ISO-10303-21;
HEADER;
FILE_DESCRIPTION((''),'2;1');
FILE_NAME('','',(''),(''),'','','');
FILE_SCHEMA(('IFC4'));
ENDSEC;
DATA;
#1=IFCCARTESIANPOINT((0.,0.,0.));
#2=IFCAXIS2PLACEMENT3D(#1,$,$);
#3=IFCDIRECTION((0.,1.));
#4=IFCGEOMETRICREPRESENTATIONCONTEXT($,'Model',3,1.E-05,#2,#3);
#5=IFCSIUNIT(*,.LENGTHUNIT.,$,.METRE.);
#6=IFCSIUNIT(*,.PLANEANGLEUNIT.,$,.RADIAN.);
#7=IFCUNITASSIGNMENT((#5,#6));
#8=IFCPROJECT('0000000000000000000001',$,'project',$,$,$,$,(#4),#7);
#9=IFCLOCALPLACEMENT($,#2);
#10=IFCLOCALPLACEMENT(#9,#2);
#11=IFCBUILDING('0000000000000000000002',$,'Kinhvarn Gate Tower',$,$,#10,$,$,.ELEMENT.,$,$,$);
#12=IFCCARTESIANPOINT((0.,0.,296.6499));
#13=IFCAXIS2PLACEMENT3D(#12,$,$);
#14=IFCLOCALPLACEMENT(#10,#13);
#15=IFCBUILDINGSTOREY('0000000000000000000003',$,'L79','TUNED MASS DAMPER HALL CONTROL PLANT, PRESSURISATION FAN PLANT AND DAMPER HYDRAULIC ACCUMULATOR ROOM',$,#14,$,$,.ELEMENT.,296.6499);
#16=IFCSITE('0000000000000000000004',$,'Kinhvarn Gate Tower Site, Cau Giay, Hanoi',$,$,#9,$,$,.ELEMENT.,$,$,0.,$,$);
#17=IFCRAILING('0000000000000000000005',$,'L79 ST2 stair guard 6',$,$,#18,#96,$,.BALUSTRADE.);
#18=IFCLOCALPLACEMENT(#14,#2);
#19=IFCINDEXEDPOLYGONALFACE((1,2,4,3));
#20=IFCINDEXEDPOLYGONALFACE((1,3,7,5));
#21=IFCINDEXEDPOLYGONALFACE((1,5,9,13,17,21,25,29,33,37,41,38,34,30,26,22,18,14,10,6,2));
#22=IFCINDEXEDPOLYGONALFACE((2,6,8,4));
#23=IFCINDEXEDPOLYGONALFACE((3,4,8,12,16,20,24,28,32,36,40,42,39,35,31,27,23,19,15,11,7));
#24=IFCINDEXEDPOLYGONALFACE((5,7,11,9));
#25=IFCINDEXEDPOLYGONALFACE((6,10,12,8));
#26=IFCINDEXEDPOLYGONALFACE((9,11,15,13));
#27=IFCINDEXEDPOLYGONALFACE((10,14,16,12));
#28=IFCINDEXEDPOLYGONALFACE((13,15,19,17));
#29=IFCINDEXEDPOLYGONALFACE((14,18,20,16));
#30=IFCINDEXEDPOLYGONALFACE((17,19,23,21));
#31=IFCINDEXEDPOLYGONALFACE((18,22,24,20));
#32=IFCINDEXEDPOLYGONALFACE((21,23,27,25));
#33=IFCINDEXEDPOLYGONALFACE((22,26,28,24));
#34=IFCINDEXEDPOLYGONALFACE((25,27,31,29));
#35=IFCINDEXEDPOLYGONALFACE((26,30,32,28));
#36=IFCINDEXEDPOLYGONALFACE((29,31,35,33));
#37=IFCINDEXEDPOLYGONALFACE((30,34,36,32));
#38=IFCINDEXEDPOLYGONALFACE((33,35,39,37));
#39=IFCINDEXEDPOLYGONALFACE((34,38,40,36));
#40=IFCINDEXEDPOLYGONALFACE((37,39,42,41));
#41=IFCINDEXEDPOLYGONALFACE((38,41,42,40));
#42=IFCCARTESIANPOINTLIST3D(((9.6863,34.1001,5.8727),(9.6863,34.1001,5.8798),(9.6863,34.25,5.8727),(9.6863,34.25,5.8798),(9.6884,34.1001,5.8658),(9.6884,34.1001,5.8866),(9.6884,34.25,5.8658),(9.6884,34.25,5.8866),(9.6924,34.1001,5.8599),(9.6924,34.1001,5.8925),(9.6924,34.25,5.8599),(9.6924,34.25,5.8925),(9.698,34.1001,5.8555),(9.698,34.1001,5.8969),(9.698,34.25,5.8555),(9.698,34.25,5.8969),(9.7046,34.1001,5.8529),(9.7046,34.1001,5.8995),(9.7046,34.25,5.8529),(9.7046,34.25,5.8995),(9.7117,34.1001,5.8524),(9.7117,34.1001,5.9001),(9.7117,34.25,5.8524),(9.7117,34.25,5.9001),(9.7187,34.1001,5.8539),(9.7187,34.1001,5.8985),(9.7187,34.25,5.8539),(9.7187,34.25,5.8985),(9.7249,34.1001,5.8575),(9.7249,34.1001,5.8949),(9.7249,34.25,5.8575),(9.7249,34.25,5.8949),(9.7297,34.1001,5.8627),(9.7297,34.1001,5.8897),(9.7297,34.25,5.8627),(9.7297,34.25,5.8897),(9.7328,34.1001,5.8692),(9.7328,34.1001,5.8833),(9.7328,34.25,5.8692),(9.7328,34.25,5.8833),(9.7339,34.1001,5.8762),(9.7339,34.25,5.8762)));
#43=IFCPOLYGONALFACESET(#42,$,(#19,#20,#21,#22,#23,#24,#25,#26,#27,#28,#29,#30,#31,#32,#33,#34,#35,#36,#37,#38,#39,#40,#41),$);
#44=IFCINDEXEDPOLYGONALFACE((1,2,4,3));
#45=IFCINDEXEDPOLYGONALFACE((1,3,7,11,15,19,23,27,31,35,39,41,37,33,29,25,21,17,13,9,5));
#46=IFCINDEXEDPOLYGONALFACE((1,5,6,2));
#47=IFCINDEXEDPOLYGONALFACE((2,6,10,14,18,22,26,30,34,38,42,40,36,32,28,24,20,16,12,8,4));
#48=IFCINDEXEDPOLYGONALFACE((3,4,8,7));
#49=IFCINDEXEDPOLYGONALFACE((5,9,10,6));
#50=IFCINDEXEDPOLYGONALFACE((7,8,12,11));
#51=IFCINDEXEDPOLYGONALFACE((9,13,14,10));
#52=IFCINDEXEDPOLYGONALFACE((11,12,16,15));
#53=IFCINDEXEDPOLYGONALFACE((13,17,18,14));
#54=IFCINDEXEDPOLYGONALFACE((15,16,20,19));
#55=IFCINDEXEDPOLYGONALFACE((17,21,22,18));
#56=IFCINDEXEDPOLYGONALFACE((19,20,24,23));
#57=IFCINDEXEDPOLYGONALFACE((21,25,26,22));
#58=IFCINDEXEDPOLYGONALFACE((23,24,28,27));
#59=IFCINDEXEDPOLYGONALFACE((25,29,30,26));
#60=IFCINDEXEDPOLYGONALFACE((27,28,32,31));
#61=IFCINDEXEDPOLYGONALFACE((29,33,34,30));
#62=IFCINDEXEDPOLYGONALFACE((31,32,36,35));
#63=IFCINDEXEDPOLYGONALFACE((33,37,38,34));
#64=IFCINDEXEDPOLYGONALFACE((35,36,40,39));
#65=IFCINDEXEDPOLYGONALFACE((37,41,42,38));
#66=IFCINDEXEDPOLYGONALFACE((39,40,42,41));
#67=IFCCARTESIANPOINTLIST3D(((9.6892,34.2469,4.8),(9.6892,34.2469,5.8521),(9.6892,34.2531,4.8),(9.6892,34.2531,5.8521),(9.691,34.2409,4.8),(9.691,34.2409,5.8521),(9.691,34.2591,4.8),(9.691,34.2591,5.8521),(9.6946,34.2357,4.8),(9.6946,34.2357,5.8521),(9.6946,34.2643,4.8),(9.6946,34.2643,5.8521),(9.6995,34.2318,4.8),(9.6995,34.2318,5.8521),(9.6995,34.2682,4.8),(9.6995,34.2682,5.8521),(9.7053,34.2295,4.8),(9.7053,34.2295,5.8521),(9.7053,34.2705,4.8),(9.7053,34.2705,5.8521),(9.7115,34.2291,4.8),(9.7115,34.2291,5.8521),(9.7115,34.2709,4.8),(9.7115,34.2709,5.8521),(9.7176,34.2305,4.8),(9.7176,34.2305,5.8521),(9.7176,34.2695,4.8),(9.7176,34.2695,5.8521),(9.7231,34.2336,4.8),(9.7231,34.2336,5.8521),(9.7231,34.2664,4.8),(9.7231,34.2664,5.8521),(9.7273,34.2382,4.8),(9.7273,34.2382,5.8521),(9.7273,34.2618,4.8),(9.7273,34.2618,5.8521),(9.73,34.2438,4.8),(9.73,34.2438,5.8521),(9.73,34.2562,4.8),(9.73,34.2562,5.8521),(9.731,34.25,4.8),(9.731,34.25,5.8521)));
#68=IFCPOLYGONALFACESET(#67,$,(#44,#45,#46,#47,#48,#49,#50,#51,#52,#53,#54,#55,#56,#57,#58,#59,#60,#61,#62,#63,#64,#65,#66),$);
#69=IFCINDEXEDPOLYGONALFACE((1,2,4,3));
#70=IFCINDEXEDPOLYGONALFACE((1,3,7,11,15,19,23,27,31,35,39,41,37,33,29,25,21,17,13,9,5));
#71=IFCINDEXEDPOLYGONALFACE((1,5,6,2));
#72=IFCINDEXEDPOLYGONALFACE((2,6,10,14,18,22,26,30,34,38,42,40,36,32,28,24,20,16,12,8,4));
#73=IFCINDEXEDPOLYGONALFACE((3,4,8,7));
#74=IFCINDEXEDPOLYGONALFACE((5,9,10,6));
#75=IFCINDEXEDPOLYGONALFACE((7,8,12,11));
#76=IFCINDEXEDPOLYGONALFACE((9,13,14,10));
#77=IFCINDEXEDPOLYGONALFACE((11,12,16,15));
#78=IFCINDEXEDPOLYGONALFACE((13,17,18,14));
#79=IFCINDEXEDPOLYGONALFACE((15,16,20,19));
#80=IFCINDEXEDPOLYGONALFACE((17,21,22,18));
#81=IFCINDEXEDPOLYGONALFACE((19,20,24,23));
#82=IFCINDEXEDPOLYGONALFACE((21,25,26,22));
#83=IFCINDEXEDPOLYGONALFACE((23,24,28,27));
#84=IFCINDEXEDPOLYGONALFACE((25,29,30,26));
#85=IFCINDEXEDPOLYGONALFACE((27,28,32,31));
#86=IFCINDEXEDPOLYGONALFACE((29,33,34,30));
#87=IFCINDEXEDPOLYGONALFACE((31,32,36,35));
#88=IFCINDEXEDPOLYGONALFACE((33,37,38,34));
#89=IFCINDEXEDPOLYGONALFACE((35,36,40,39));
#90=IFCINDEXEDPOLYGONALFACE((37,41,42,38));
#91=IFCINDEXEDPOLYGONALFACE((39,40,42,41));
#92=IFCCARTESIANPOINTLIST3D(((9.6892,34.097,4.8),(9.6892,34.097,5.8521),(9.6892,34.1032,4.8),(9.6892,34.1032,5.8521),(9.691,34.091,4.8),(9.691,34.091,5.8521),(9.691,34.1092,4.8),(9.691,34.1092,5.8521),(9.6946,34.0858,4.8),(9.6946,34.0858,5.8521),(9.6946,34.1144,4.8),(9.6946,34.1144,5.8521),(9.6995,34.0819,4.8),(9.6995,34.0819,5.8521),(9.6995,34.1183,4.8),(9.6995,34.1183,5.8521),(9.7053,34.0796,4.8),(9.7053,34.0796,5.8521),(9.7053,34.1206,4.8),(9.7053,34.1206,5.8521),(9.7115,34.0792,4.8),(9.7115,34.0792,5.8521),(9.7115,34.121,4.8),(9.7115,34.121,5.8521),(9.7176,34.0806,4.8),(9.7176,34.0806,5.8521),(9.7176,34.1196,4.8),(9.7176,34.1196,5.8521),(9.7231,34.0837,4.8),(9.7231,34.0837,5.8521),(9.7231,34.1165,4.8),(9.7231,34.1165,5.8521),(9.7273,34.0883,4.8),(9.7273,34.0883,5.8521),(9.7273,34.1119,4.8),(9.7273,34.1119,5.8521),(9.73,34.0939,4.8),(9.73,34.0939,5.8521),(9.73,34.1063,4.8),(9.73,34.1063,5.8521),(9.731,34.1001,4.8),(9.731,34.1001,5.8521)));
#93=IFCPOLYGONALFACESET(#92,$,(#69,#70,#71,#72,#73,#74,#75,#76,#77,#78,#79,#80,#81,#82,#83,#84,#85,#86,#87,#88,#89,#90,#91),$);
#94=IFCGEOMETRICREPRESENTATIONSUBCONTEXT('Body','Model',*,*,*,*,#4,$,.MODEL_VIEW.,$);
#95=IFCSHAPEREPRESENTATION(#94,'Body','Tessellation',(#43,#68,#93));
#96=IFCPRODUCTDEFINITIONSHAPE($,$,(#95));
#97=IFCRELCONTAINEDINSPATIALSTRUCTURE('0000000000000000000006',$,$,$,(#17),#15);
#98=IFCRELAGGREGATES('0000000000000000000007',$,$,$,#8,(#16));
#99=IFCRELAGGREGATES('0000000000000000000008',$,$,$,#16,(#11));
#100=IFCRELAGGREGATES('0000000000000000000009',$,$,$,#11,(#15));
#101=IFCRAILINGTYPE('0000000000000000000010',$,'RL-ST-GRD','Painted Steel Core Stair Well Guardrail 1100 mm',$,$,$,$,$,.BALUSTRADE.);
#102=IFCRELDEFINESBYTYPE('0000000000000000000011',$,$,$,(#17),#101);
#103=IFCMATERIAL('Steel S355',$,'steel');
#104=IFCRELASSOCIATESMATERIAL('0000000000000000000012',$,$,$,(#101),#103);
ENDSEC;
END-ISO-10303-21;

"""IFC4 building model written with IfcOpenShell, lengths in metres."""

from ifc_helpers import new_model, si_unit, direction, frame, origin, origin_2d, place, context, subcontext, project, spatial, circle, extrude, material, type_object, element, save


model = new_model("IFC4")

# Units and contexts
model_context = context("Model", 3, precision=1e-05, world=origin(), true_north=direction((0.0, 1.0)))
body_context = subcontext(model_context, "Body", "Model", "MODEL_VIEW")
ifc_project = project(units=[si_unit("LENGTHUNIT", "METRE"), si_unit("PLANEANGLEUNIT", "RADIAN")], contexts=[model_context])

# Site, building, storey
site_placement = place(None, origin())
site = spatial("IfcSite", under=ifc_project, at=site_placement, Name="Kinhvarn Gate Tower Site, Cau Giay, Hanoi", CompositionType="ELEMENT", RefElevation=0.0)
building_placement = place(site_placement, origin())
building = spatial("IfcBuilding", under=site, at=building_placement, Name="Kinhvarn Gate Tower", CompositionType="ELEMENT")
storey_placement = place(building_placement, frame((0.0, 0.0, 296.6499)))
storey = spatial("IfcBuildingStorey", under=building, at=storey_placement, Name="L79", Description="TUNED MASS DAMPER HALL CONTROL PLANT, PRESSURISATION FAN PLANT AND DAMPER HYDRAULIC ACCUMULATOR ROOM", CompositionType="ELEMENT", Elevation=296.6499)

# Shared definitions
ifc_material_1 = material(Name="Steel S355", Category="steel")

# Railing
railing_type = type_object("IfcRailingType", Name="RL-ST-GRD", Description="Painted Steel Core Stair Well Guardrail 1100 mm", PredefinedType="BALUSTRADE", material=ifc_material_1)
railing_1_placement = place(storey_placement, frame((9.71, 34.25, 4.8)))
element("IfcRailing", 1, at=railing_1_placement, inside=storey, type_object=railing_type, Name="L79 ST2 stair guard 6", PredefinedType="BALUSTRADE", context=body_context, shape_type="SweptSolid", body=[
    extrude(circle(Radius=0.0239, at=origin_2d()), frame((0.0, 0.0, 1.0762), z_axis=(0.0, -1.0, 0.0), x_axis=(1.0, 0.0, 0.0)), (0.0, 0.0, 1.0), 0.1499),
    extrude(circle(Radius=0.021, at=origin_2d()), origin(), (0.0, 0.0, 1.0), 1.052),
    extrude(circle(Radius=0.021, at=origin_2d()), frame((0.0, -0.1499, 0.0)), (0.0, 0.0, 1.0), 1.052),
])

save(model, "model.ifc")
